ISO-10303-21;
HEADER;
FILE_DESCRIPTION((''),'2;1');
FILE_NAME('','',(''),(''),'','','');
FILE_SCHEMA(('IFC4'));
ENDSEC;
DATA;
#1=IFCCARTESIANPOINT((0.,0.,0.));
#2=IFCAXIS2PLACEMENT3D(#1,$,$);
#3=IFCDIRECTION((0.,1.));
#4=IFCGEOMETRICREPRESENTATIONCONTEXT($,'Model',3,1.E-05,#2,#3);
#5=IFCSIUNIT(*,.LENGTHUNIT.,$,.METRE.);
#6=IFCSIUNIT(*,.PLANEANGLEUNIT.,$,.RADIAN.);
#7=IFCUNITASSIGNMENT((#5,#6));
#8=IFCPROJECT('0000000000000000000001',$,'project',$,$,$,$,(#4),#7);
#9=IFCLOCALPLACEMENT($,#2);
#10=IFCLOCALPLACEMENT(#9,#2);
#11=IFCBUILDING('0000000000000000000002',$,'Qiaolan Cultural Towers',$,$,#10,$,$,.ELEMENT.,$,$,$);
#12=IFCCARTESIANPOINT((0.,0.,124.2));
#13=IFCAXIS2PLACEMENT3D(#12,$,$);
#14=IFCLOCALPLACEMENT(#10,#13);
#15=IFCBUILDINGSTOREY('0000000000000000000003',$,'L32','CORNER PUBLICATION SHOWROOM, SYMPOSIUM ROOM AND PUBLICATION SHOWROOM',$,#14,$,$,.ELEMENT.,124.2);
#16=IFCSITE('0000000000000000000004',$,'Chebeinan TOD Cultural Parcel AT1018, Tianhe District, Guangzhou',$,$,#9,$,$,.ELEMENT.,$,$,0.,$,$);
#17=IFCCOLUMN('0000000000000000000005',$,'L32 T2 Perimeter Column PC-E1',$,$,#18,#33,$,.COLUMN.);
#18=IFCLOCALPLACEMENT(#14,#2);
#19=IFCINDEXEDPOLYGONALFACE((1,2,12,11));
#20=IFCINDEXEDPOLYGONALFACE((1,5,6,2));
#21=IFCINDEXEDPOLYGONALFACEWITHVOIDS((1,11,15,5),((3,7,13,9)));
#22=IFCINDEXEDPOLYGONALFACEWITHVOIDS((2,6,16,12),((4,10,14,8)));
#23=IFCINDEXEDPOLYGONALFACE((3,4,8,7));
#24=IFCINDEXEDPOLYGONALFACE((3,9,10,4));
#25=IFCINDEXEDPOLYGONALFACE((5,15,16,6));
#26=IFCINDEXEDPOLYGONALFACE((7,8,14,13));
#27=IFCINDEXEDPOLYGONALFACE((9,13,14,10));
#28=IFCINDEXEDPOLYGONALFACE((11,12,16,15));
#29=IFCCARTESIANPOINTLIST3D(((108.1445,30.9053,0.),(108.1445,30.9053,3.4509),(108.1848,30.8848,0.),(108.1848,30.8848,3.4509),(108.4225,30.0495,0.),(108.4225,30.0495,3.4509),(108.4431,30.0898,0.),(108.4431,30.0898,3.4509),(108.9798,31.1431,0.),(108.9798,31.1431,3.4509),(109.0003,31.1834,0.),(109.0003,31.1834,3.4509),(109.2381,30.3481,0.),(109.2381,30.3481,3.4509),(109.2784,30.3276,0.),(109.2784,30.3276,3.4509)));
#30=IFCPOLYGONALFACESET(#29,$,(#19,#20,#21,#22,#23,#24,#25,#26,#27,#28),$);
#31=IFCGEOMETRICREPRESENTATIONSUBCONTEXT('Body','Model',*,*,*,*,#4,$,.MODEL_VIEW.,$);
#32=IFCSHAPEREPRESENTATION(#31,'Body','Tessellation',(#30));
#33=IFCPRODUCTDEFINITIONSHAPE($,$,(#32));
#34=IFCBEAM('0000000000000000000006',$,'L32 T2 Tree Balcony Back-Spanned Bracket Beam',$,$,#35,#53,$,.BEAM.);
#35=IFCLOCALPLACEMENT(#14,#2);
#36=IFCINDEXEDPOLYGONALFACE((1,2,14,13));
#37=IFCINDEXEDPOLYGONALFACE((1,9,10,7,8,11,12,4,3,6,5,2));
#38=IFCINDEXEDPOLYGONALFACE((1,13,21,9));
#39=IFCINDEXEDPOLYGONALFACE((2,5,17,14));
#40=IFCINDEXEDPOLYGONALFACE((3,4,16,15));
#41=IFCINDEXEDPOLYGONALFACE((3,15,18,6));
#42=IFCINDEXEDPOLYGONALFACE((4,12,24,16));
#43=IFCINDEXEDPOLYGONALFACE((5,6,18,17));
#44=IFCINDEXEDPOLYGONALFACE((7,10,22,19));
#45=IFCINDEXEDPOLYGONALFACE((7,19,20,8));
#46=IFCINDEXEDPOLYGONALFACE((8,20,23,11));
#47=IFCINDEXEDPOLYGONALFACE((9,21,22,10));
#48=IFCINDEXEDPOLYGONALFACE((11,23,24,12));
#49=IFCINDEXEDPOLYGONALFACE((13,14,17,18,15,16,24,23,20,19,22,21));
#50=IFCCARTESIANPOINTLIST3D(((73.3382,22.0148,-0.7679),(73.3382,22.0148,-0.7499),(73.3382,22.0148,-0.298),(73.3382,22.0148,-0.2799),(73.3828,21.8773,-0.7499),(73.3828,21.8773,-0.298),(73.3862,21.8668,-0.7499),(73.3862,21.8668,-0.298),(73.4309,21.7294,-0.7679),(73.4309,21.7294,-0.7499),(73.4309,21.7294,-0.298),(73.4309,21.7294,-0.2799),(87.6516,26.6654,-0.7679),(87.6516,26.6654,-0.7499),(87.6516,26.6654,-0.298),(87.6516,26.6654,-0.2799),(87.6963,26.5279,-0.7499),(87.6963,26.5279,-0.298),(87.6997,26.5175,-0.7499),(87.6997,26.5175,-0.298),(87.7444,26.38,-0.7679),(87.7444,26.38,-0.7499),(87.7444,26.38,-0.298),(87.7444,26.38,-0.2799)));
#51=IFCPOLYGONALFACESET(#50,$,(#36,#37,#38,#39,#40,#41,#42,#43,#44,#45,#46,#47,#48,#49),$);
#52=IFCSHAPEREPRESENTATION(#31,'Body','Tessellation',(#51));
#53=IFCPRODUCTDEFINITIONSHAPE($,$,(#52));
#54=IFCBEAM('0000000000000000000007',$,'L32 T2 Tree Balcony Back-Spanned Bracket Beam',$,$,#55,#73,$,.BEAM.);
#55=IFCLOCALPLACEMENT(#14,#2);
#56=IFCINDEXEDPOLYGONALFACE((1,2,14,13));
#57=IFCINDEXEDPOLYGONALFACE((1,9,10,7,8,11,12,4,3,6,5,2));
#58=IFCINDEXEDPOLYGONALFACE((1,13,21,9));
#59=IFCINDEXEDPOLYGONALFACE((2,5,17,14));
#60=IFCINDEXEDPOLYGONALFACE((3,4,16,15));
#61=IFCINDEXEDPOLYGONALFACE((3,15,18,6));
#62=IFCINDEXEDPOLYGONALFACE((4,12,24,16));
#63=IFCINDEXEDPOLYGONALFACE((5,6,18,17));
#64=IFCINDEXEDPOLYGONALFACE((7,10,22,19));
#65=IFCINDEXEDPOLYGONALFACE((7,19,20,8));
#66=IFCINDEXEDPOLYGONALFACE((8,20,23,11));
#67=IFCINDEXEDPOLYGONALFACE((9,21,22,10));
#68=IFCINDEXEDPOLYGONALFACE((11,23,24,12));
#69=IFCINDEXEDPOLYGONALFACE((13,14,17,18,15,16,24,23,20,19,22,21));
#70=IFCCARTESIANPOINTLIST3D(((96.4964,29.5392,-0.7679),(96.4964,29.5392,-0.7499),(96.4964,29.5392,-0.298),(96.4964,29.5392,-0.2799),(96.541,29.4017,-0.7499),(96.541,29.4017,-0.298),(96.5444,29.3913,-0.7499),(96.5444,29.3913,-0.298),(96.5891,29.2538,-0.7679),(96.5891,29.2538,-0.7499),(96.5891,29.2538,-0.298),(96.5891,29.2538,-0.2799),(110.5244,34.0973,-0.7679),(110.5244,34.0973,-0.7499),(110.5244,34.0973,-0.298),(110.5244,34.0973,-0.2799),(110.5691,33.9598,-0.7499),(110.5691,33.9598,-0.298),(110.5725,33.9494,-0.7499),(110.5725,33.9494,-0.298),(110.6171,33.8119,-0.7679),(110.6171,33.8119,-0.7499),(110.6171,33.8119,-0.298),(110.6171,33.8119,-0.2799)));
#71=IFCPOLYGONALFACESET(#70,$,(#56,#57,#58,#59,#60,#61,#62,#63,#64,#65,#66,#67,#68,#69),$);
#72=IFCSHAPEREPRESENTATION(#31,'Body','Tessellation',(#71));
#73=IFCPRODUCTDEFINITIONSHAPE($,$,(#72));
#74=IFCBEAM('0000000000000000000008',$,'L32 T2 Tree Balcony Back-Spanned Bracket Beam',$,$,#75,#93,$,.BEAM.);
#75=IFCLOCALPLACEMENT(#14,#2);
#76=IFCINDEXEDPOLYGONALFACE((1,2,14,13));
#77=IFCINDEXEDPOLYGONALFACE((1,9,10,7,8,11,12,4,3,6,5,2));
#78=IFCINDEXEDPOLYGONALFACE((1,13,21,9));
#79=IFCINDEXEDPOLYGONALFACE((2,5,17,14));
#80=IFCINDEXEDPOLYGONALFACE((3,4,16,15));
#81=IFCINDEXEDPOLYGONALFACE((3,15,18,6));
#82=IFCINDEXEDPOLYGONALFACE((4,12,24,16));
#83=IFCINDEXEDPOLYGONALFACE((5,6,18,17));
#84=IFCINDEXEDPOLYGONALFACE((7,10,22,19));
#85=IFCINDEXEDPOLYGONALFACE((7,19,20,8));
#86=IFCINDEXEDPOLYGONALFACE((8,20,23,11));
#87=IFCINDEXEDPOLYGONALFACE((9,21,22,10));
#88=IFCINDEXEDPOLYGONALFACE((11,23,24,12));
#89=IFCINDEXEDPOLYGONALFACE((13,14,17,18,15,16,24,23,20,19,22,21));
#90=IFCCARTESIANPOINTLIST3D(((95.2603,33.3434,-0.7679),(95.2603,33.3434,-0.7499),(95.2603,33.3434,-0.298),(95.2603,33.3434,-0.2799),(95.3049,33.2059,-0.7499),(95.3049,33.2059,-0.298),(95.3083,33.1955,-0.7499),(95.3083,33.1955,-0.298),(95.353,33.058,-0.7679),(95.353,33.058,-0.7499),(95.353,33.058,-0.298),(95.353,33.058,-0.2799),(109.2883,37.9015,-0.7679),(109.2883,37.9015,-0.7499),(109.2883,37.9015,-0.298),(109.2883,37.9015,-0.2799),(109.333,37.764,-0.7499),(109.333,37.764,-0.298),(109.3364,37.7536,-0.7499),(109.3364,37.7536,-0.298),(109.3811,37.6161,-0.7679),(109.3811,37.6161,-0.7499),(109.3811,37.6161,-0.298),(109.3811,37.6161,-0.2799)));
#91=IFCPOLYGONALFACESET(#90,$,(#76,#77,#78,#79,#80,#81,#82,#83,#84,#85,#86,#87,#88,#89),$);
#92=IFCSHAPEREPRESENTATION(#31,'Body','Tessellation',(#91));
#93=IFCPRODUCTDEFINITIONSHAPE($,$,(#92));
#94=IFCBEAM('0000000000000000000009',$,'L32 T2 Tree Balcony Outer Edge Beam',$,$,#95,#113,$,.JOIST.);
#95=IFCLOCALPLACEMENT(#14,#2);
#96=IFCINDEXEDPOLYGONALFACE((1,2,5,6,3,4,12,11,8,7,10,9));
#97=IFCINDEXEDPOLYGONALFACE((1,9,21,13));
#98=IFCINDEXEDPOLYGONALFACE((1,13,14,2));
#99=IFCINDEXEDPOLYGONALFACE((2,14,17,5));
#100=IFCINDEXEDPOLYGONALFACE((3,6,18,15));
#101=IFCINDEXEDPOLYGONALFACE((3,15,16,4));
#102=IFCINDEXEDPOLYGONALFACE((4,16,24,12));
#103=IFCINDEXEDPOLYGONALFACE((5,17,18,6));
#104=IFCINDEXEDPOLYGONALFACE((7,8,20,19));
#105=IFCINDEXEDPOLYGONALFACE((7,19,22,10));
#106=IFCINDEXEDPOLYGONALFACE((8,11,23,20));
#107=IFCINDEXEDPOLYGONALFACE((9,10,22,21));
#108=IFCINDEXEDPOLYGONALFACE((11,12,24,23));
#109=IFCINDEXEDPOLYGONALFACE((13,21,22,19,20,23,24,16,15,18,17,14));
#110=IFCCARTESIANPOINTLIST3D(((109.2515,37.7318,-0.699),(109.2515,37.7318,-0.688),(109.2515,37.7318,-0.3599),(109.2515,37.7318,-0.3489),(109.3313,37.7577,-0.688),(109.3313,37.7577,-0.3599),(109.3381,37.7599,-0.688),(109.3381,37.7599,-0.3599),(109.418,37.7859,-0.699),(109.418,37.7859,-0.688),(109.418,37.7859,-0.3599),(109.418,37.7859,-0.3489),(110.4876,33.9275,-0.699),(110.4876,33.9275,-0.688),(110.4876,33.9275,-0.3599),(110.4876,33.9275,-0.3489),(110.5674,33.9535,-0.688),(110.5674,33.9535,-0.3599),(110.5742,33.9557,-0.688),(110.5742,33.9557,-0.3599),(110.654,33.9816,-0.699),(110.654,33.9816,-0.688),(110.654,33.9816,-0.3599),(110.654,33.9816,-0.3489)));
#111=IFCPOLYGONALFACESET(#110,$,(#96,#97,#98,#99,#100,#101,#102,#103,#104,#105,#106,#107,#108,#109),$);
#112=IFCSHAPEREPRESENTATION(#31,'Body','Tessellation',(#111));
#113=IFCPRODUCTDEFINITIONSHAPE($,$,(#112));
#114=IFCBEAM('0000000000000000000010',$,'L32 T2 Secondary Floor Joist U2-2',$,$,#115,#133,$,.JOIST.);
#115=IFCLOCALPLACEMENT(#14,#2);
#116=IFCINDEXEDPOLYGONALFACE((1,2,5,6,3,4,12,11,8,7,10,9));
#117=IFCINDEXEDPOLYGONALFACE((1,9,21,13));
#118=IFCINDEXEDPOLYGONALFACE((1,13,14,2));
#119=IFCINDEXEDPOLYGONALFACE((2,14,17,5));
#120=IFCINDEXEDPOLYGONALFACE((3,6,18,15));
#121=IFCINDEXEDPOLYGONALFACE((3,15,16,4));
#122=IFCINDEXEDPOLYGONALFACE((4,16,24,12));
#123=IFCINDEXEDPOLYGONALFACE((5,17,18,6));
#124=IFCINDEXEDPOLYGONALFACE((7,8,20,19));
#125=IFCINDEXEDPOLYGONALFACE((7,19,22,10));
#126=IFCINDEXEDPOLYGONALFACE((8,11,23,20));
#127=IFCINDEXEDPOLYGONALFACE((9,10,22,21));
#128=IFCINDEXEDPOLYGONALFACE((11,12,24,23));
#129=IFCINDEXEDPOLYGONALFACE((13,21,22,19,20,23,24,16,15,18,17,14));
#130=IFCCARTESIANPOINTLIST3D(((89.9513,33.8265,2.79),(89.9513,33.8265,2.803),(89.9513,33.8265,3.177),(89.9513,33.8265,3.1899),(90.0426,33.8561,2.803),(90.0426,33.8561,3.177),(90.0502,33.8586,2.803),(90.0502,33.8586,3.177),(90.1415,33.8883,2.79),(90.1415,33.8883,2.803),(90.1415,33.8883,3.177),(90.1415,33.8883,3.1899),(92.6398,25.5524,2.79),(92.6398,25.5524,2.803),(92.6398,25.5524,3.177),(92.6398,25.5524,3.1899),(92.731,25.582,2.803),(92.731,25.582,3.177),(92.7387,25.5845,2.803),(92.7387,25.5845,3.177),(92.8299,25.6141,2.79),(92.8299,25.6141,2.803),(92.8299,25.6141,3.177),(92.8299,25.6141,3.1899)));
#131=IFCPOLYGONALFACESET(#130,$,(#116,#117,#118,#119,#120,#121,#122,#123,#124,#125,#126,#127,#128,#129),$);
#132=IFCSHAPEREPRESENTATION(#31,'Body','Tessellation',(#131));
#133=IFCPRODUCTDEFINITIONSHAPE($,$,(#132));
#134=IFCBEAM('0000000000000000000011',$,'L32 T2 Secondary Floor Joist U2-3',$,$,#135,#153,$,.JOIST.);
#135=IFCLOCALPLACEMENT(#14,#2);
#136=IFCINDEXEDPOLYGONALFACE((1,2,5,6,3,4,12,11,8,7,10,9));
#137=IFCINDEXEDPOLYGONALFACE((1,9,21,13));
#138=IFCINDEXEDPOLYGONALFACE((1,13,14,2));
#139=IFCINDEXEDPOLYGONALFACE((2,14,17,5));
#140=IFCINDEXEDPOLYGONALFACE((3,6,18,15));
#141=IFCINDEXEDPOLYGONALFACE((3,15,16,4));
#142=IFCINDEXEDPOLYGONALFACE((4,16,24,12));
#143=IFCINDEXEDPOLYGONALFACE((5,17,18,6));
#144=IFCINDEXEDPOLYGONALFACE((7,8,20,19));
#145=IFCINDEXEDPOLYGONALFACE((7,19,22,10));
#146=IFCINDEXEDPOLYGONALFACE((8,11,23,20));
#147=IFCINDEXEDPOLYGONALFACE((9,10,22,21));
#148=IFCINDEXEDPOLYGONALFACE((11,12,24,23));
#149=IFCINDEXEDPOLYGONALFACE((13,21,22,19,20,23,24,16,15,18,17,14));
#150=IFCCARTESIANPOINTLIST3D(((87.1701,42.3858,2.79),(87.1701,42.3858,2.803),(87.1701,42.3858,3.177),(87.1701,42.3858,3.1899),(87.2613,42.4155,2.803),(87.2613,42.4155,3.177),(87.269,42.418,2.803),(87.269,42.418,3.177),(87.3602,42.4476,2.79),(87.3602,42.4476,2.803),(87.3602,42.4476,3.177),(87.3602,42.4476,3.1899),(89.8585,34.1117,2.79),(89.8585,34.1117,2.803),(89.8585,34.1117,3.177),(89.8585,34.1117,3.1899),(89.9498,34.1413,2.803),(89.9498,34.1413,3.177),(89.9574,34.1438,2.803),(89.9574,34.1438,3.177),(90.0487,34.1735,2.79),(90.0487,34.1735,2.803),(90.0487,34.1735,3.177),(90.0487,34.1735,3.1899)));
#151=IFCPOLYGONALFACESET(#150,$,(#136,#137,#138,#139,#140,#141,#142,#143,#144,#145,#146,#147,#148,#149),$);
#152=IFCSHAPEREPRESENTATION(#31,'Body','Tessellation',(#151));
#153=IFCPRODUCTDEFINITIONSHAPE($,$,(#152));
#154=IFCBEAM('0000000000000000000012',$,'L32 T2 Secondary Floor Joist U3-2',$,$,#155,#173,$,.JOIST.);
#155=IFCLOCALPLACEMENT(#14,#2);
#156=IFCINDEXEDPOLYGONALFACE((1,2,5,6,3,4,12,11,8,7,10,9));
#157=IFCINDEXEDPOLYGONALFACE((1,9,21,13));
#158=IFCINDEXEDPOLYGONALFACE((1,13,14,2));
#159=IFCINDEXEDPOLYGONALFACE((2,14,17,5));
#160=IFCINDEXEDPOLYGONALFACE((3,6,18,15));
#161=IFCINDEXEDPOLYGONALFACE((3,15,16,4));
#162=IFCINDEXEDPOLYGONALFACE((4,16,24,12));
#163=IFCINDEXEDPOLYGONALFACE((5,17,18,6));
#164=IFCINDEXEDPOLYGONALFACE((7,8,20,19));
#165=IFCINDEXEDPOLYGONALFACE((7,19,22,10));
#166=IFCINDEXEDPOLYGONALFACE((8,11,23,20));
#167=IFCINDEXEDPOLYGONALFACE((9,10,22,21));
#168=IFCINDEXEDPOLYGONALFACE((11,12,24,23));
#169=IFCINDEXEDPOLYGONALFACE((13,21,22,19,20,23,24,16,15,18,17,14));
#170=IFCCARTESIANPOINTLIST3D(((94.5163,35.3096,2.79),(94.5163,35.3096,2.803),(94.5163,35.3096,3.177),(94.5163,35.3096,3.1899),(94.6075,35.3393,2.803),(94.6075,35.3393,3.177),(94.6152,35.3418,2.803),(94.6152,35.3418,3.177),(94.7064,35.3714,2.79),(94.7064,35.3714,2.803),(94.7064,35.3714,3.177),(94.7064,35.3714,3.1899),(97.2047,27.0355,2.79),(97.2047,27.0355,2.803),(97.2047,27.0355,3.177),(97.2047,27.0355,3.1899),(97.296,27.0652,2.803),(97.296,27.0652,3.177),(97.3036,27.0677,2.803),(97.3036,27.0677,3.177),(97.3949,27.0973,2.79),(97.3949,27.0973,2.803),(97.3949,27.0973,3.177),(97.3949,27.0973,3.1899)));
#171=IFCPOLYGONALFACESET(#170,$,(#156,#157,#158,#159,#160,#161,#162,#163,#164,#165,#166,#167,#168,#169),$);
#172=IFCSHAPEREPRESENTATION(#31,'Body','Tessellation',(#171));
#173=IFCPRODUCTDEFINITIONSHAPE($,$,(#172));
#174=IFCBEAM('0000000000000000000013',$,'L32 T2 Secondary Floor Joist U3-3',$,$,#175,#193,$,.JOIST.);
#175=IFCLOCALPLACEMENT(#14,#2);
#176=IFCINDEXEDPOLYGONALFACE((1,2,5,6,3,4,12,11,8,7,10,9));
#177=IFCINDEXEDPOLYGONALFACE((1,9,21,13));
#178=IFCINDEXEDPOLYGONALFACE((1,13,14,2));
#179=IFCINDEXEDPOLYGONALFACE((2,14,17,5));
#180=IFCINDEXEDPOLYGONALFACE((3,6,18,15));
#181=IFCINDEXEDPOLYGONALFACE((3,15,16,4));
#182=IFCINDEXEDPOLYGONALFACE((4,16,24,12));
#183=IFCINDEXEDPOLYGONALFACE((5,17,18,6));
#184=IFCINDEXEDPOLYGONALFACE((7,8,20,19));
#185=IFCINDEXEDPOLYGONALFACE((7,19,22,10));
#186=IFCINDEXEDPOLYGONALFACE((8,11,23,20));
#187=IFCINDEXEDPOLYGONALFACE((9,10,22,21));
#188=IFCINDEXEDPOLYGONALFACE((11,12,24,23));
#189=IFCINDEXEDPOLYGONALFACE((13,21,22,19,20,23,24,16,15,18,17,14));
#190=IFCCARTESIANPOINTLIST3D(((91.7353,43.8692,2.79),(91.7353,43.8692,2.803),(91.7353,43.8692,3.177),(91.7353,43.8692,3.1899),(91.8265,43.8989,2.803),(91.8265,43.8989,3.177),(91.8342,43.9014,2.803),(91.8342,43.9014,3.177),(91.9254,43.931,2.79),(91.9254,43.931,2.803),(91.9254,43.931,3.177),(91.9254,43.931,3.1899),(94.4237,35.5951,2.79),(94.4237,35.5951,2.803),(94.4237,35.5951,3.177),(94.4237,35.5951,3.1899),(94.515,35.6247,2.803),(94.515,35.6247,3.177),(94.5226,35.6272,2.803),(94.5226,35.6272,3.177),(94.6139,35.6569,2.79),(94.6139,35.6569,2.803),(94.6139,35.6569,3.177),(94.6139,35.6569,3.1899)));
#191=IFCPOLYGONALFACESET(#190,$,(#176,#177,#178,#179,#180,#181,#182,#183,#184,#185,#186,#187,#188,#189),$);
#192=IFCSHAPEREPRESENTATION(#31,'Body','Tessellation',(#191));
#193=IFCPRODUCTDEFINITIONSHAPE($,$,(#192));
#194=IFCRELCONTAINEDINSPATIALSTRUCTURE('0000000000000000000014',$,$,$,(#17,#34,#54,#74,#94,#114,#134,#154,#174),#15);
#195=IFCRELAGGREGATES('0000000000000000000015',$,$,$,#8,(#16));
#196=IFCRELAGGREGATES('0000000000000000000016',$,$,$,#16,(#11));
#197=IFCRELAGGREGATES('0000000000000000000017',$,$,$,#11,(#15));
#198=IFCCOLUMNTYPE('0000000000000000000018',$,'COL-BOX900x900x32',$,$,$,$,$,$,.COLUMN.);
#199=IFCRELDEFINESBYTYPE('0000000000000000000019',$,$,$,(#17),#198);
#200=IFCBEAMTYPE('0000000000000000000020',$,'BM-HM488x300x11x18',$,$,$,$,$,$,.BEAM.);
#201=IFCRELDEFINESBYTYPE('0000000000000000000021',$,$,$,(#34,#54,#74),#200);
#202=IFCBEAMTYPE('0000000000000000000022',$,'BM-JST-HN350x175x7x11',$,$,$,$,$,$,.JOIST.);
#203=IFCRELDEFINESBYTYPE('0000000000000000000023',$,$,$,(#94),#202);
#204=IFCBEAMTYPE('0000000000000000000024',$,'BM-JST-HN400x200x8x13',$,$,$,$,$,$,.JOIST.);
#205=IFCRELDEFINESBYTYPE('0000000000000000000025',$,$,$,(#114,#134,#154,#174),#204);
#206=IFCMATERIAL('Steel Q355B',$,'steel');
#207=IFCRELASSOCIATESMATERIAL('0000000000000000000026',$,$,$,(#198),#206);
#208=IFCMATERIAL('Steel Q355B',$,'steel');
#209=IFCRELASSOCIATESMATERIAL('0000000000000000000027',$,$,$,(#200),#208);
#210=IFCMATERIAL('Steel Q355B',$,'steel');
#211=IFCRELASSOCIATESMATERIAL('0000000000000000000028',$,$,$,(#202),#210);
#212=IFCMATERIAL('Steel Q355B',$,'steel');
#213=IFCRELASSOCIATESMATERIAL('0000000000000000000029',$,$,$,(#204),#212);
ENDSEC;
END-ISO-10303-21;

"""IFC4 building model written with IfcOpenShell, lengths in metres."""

from ifc_helpers import new_model, si_unit, direction, frame, origin, origin_2d, place, context, subcontext, project, spatial, hollow_rectangle, i_section, extrude, material, material_profile, profile_set, type_object, element, save


model = new_model("IFC4")

# Units and contexts
model_context = context("Model", 3, precision=1e-05, world=origin(), true_north=direction((0.0, 1.0)))
body_context = subcontext(model_context, "Body", "Model", "MODEL_VIEW")
ifc_project = project(units=[si_unit("LENGTHUNIT", "METRE"), si_unit("PLANEANGLEUNIT", "RADIAN")], contexts=[model_context])

# Site, building, storey
site_placement = place(None, origin())
site = spatial("IfcSite", under=ifc_project, at=site_placement, Name="Chebeinan TOD Cultural Parcel AT1018, Tianhe District, Guangzhou", CompositionType="ELEMENT", RefElevation=0.0)
building_placement = place(site_placement, origin())
building = spatial("IfcBuilding", under=site, at=building_placement, Name="Qiaolan Cultural Towers", CompositionType="ELEMENT")
storey_placement = place(building_placement, frame((0.0, 0.0, 124.2)))
storey = spatial("IfcBuildingStorey", under=building, at=storey_placement, Name="L32", Description="CORNER PUBLICATION SHOWROOM, SYMPOSIUM ROOM AND PUBLICATION SHOWROOM", CompositionType="ELEMENT", Elevation=124.2)

# Column
ifc_material_1 = material(Name="Steel Q355B", Category="steel")
ifc_material_profile_1 = material_profile(ifc_material_1, hollow_rectangle(XDim=0.8999, YDim=0.8999, WallThickness=0.032, at=origin_2d()), Name="BOX900x900x32")
ifc_profile_set_1 = profile_set([ifc_material_profile_1], Name="Steel Q355B")
column_type = type_object("IfcColumnType", Name="COL-BOX900x900x32", PredefinedType="COLUMN", material=ifc_profile_set_1)
column_placement = place(storey_placement, frame((108.7114, 30.6165, 0.0), z_axis=(0.0, 0.0, 1.0), x_axis=(0.951057, 0.309017, 0.0)))
element("IfcColumn", 1, at=column_placement, inside=storey, type_object=column_type, Name="L32 T2 Perimeter Column PC-E1", PredefinedType="COLUMN", context=body_context, shape_type="SweptSolid", body=[
    extrude(hollow_rectangle(XDim=0.8999, YDim=0.8999, WallThickness=0.032, at=origin_2d()), origin(), (0.0, 0.0, 1.0), 3.4509),
])

# Beams
ifc_material_2 = material(Name="Steel Q355B", Category="steel")
ifc_material_profile_2 = material_profile(ifc_material_2, i_section(OverallWidth=0.3, OverallDepth=0.488, WebThickness=0.011, FlangeThickness=0.0181, at=origin_2d()), Name="HM488x300x11x18")
ifc_profile_set_2 = profile_set([ifc_material_profile_2], Name="Steel Q355B")
beam_type_1 = type_object("IfcBeamType", Name="BM-HM488x300x11x18", PredefinedType="BEAM", material=ifc_profile_set_2)
beam_1_placement = place(storey_placement, frame((87.698, 26.5227, -0.5239), z_axis=(-0.951058, -0.309011, 0.0), x_axis=(0.309011, -0.951058, 0.0)))
element("IfcBeam", 2, at=beam_1_placement, inside=storey, type_object=beam_type_1, Name="L32 T2 Tree Balcony Back-Spanned Bracket Beam", PredefinedType="BEAM", context=body_context, shape_type="SweptSolid", body=[
    extrude(i_section(OverallWidth=0.3, OverallDepth=0.488, WebThickness=0.011, FlangeThickness=0.0181, at=origin_2d()), origin(), (0.0, 0.0, 1.0), 15.05),
])
for number, where, z_axis, x_axis, name in (
    (3, (96.5427, 29.3965, -0.5239), (0.951054, 0.309024, 0.0), (-0.309024, 0.951054, 0.0), "L32 T2 Tree Balcony Back-Spanned Bracket Beam"),
    (4, (95.3066, 33.2007, -0.5239), (0.951054, 0.309024, 0.0), (-0.309024, 0.951054, 0.0), "L32 T2 Tree Balcony Back-Spanned Bracket Beam"),
):
    element("IfcBeam", number, at=place(storey_placement, frame(where, z_axis=z_axis, x_axis=x_axis)), inside=storey, type_object=beam_type_1, Name=name, PredefinedType="BEAM", context=body_context, shape_type="SweptSolid", body=[
        extrude(i_section(OverallWidth=0.3, OverallDepth=0.488, WebThickness=0.011, FlangeThickness=0.0181, at=origin_2d()), origin(), (0.0, 0.0, 1.0), 14.75),
    ])
ifc_material_3 = material(Name="Steel Q355B", Category="steel")
ifc_material_profile_3 = material_profile(ifc_material_3, i_section(OverallWidth=0.175, OverallDepth=0.3501, WebThickness=0.0071, FlangeThickness=0.011, at=origin_2d()), Name="HN350x175x7x11")
ifc_profile_set_3 = profile_set([ifc_material_profile_3], Name="Steel Q355B")
beam_type_2 = type_object("IfcBeamType", Name="BM-JST-HN350x175x7x11", PredefinedType="JOIST", material=ifc_profile_set_3)
beam_2_placement = place(storey_placement, frame((110.5708, 33.9546, -0.5239), z_axis=(-0.309023, 0.951055, 0.0), x_axis=(-0.951055, -0.309023, 0.0)))
element("IfcBeam", 5, at=beam_2_placement, inside=storey, type_object=beam_type_2, Name="L32 T2 Tree Balcony Outer Edge Beam", PredefinedType="JOIST", context=body_context, shape_type="SweptSolid", body=[
    extrude(i_section(OverallWidth=0.175, OverallDepth=0.3501, WebThickness=0.0071, FlangeThickness=0.011, at=origin_2d()), origin(), (0.0, 0.0, 1.0), 4.0),
])
ifc_material_4 = material(Name="Steel Q355B", Category="steel")
ifc_material_profile_4 = material_profile(ifc_material_4, i_section(OverallWidth=0.2, OverallDepth=0.3999, WebThickness=0.0081, FlangeThickness=0.0129, at=origin_2d()), Name="HN400x200x8x13")
ifc_profile_set_4 = profile_set([ifc_material_profile_4], Name="Steel Q355B")
beam_type_3 = type_object("IfcBeamType", Name="BM-JST-HN400x200x8x13", PredefinedType="JOIST", material=ifc_profile_set_4)
for number, where, z_axis, x_axis, name in (
    (6, (92.7349, 25.5833, 2.99), (-0.309021, 0.951055, 0.0), (-0.951055, -0.309021, 0.0), "L32 T2 Secondary Floor Joist U2-2"),
    (7, (89.9536, 34.1426, 2.99), (-0.309021, 0.951055, 0.0), (-0.951055, -0.309021, 0.0), "L32 T2 Secondary Floor Joist U2-3"),
    (8, (97.2998, 27.0664, 2.99), (-0.309021, 0.951055, 0.0), (-0.951055, -0.309021, 0.0), "L32 T2 Secondary Floor Joist U3-2"),
    (9, (94.5188, 35.626, 2.99), (-0.309021, 0.951055, 0.0), (-0.951055, -0.309021, 0.0), "L32 T2 Secondary Floor Joist U3-3"),
):
    element("IfcBeam", number, at=place(storey_placement, frame(where, z_axis=z_axis, x_axis=x_axis)), inside=storey, type_object=beam_type_3, Name=name, PredefinedType="JOIST", context=body_context, shape_type="SweptSolid", body=[
        extrude(i_section(OverallWidth=0.2, OverallDepth=0.3999, WebThickness=0.0081, FlangeThickness=0.0129, at=origin_2d()), origin(), (0.0, 0.0, 1.0), 8.7),
    ])

save(model, "model.ifc")
